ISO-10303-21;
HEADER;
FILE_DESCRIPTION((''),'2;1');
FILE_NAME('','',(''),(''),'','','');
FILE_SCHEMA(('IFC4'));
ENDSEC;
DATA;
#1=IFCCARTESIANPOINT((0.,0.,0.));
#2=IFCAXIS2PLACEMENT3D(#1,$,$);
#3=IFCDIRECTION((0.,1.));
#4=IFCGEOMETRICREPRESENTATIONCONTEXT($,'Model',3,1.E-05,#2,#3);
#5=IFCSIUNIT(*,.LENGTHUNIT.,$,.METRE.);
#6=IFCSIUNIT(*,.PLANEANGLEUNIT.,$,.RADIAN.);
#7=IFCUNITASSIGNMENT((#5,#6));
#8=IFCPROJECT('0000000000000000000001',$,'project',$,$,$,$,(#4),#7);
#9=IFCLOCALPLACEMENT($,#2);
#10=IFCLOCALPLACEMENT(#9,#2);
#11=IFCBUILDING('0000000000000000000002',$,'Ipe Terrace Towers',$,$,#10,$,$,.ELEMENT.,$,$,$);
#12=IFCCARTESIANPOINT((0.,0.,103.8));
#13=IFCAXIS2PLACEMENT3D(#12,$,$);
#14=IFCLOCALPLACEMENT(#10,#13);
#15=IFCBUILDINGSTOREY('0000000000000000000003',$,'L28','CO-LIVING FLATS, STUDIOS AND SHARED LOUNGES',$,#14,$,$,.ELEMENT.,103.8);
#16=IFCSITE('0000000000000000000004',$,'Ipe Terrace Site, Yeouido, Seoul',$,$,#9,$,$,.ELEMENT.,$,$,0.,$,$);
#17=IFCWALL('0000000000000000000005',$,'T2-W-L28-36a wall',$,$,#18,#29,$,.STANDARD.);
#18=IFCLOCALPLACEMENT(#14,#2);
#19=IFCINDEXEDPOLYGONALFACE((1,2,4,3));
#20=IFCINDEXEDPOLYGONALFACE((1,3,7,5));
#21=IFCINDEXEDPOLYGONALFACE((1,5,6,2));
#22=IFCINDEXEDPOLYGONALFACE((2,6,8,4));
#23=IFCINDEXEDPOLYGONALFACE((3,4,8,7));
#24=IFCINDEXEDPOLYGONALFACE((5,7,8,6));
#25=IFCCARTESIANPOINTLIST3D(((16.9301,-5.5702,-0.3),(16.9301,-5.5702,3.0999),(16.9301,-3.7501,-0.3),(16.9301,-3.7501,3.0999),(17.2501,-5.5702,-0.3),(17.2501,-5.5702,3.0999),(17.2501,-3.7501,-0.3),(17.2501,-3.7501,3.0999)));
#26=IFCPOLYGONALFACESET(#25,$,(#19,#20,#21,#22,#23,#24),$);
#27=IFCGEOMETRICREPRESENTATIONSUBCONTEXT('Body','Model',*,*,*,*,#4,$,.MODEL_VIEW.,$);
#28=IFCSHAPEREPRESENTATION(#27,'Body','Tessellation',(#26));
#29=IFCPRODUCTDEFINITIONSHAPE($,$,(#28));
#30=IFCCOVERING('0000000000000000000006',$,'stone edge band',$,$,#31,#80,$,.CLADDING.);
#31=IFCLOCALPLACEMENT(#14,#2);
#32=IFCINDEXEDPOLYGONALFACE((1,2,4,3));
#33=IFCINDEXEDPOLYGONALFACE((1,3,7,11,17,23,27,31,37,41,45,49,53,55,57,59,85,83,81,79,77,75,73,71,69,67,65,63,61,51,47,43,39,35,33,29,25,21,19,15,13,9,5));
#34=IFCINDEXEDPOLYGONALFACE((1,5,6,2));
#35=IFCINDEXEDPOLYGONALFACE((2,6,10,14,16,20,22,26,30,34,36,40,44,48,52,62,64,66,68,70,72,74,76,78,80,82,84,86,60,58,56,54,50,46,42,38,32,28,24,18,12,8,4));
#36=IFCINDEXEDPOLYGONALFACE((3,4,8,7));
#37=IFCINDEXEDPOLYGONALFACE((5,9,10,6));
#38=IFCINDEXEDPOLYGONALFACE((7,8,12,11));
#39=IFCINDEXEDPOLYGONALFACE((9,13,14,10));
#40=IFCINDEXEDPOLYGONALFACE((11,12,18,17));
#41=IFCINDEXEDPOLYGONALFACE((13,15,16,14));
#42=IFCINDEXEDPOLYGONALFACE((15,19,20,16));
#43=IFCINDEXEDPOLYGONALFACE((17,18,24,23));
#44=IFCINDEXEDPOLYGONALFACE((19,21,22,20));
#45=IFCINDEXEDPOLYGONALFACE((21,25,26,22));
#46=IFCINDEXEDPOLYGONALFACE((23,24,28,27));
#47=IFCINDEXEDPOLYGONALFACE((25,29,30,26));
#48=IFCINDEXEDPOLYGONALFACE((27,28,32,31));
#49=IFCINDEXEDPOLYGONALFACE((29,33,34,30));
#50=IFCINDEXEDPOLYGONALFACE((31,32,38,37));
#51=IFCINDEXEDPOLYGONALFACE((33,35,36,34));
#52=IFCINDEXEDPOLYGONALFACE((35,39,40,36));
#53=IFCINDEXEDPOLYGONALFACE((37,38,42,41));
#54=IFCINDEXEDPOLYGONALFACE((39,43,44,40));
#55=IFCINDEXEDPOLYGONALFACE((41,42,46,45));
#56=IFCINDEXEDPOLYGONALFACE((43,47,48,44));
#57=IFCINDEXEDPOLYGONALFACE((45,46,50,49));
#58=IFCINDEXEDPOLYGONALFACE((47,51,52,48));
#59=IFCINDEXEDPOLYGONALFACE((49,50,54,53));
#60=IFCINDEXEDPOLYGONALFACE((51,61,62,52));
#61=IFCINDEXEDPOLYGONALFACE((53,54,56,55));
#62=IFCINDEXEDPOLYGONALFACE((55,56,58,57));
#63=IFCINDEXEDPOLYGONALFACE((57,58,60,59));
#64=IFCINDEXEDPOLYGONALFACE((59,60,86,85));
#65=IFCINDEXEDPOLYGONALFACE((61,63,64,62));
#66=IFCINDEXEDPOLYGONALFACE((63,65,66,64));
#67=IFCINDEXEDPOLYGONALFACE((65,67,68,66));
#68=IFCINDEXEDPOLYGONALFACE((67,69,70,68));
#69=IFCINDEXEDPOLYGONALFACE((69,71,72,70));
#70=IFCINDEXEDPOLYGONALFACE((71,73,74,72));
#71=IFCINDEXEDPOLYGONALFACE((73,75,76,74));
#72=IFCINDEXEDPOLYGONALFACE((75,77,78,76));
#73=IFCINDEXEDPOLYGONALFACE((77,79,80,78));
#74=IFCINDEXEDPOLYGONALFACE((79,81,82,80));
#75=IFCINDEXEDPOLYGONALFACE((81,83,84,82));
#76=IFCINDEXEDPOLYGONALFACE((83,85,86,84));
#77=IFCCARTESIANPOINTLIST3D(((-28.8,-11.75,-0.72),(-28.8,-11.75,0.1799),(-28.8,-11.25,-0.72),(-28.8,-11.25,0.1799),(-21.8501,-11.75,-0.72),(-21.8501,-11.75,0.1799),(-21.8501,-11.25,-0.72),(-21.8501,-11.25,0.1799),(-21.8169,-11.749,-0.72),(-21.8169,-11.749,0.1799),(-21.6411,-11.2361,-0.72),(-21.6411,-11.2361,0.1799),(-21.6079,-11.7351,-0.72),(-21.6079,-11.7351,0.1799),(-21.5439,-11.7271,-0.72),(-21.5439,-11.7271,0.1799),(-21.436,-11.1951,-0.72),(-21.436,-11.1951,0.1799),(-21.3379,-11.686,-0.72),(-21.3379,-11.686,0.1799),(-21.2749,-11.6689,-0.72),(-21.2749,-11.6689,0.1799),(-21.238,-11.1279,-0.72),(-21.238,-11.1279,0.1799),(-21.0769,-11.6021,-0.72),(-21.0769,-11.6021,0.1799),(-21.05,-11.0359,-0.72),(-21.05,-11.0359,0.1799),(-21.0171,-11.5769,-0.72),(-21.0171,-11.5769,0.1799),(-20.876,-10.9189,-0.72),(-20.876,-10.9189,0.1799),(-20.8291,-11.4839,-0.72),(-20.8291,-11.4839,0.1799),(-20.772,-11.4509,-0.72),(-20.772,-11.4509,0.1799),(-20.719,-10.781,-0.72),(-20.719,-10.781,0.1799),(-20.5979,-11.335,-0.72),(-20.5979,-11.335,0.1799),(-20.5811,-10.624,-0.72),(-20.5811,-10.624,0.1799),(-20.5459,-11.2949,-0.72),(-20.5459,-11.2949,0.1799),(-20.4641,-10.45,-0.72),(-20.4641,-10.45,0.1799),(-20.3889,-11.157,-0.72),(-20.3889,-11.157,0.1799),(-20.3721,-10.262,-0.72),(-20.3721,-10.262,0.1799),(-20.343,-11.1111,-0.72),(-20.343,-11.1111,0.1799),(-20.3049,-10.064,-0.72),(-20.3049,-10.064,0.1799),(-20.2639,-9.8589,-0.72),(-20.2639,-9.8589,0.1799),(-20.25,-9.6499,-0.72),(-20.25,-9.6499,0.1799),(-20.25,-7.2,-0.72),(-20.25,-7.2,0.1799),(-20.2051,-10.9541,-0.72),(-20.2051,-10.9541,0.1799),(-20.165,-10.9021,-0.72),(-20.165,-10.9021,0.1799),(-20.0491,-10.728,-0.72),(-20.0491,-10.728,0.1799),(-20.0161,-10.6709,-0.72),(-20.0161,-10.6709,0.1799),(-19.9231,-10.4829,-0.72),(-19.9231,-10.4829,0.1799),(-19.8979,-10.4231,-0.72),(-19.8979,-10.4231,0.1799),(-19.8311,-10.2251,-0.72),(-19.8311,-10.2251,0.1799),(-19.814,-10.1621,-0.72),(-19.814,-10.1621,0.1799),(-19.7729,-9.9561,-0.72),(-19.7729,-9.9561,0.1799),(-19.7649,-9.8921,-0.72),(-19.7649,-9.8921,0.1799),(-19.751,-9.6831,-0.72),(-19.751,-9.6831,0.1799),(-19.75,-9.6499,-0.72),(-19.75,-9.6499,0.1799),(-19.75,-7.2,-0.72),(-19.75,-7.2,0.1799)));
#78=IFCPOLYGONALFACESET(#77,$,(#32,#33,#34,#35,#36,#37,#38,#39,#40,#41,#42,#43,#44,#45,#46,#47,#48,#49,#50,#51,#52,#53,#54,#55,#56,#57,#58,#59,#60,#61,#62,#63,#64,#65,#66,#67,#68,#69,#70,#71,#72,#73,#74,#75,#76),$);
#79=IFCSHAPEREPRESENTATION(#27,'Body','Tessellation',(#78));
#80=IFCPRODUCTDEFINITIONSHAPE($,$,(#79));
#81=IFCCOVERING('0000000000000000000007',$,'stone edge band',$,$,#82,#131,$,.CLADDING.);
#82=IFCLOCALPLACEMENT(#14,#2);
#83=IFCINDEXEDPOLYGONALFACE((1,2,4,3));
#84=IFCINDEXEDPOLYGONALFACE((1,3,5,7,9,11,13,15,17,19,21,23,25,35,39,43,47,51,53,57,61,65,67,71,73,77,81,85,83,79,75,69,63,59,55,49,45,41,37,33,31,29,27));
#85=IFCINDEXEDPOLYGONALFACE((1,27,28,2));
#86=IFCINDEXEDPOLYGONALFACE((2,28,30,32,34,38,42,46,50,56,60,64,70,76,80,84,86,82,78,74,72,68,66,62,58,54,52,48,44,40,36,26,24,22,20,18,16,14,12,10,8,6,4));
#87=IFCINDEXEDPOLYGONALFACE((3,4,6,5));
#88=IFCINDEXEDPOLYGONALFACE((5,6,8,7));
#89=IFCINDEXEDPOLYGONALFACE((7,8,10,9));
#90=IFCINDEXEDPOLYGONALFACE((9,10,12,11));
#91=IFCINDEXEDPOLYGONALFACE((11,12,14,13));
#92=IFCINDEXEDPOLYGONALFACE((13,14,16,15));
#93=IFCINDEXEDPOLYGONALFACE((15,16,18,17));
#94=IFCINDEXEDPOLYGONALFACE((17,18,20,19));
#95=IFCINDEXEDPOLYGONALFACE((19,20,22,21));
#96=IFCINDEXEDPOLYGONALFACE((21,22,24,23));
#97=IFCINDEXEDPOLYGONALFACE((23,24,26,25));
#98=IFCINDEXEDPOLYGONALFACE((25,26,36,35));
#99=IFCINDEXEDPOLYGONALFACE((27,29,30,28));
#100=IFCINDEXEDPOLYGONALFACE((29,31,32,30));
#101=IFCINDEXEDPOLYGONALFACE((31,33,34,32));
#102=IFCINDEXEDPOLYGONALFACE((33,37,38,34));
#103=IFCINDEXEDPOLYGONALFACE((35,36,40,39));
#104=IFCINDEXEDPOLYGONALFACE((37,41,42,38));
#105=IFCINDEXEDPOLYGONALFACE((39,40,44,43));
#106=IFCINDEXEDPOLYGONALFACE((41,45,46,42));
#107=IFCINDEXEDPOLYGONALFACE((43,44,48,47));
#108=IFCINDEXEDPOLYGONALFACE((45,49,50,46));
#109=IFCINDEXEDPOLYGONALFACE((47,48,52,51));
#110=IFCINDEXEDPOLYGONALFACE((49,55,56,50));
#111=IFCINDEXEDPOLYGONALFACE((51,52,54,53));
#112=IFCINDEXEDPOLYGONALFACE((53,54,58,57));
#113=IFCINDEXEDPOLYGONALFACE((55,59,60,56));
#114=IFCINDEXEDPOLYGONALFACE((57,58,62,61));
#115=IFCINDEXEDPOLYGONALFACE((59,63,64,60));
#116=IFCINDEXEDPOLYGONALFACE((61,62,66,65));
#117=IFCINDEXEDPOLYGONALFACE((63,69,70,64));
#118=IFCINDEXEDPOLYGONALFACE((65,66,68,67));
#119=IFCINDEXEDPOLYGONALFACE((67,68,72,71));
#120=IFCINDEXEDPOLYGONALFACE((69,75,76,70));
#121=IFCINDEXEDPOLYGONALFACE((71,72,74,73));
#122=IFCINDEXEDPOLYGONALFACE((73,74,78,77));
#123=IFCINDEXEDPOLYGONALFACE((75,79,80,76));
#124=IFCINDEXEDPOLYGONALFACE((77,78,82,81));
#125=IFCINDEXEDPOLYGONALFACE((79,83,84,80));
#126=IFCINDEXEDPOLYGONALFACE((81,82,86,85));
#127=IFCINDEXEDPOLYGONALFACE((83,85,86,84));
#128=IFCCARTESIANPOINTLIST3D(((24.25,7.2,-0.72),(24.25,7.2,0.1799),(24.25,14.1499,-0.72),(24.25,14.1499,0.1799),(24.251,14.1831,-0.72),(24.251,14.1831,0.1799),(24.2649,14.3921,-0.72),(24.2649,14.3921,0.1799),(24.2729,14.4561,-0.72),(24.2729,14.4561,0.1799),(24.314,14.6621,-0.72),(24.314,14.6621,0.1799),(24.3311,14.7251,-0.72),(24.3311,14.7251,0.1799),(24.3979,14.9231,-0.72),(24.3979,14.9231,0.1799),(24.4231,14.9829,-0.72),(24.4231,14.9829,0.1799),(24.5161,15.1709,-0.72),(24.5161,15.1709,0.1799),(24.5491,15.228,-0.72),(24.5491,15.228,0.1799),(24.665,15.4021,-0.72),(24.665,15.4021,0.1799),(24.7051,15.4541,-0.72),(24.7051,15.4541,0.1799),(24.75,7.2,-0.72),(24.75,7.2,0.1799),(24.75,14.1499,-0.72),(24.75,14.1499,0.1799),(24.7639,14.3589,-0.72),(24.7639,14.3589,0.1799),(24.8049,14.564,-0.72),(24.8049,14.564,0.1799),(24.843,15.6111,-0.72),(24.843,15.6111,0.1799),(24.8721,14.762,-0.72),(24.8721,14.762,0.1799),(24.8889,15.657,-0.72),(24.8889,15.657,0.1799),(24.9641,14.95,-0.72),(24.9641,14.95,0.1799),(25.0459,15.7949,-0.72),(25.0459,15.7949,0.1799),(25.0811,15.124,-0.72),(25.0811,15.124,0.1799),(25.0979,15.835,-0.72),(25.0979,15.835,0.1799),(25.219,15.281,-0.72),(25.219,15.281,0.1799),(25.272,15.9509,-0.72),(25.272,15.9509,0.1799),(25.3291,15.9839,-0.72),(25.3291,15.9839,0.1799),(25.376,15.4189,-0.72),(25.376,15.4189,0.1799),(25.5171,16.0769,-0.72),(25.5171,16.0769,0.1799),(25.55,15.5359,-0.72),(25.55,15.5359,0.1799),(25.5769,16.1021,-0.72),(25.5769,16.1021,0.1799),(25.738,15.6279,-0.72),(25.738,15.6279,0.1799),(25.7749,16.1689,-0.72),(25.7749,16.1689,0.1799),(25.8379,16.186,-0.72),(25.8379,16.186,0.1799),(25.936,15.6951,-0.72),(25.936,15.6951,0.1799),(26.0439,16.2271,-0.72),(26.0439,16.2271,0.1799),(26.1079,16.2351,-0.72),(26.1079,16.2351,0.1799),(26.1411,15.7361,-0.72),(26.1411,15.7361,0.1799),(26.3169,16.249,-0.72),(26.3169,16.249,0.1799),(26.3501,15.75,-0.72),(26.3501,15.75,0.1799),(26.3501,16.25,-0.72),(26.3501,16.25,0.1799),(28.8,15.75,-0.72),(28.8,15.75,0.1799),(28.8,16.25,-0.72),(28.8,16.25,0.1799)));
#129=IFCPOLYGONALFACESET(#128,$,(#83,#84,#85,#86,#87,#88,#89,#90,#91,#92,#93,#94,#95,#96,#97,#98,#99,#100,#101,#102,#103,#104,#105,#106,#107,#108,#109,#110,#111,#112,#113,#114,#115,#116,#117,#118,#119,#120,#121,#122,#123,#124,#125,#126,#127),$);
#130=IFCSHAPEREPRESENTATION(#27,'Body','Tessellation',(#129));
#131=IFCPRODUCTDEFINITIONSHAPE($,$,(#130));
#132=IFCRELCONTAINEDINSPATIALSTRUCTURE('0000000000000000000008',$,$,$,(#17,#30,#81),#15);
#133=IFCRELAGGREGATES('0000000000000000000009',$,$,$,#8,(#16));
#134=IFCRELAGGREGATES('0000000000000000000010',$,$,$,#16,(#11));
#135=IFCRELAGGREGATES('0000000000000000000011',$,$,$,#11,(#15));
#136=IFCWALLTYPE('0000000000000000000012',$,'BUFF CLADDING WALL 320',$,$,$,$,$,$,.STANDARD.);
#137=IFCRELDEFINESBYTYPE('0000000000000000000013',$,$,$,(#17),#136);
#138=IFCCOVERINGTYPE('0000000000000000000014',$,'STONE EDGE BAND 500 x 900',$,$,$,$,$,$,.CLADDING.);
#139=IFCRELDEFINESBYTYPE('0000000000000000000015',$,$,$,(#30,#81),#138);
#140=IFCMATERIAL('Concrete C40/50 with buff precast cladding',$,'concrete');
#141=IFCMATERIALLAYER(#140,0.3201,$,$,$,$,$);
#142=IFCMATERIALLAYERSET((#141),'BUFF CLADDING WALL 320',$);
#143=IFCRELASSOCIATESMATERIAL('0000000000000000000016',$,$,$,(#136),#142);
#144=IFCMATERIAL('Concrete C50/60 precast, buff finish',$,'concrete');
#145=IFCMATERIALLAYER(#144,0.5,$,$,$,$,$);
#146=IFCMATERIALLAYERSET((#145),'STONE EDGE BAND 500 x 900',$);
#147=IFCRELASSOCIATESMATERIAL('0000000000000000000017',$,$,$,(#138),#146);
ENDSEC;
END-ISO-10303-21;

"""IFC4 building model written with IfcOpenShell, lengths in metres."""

from ifc_helpers import new_model, si_unit, direction, frame, frame_2d, origin, place, context, subcontext, project, spatial, polyline, rectangle, outline, extrude, material, layer, layer_set, type_object, element, save


model = new_model("IFC4")

# Units and contexts
model_context = context("Model", 3, precision=1e-05, world=origin(), true_north=direction((0.0, 1.0)))
body_context = subcontext(model_context, "Body", "Model", "MODEL_VIEW")
ifc_project = project(units=[si_unit("LENGTHUNIT", "METRE"), si_unit("PLANEANGLEUNIT", "RADIAN")], contexts=[model_context])

# Site, building, storey
site_placement = place(None, origin())
site = spatial("IfcSite", under=ifc_project, at=site_placement, Name="Ipe Terrace Site, Yeouido, Seoul", CompositionType="ELEMENT", RefElevation=0.0)
building_placement = place(site_placement, origin())
building = spatial("IfcBuilding", under=site, at=building_placement, Name="Ipe Terrace Towers", CompositionType="ELEMENT")
storey_placement = place(building_placement, frame((0.0, 0.0, 103.8)))
storey = spatial("IfcBuildingStorey", under=building, at=storey_placement, Name="L28", Description="CO-LIVING FLATS, STUDIOS AND SHARED LOUNGES", CompositionType="ELEMENT", Elevation=103.8)

# Wall
ifc_material_1 = material(Name="Concrete C40/50 with buff precast cladding", Category="concrete")
ifc_layer_1 = layer(ifc_material_1, 0.3201)
ifc_layer_set_1 = layer_set([ifc_layer_1], Name="BUFF CLADDING WALL 320")
wall_type = type_object("IfcWallType", Name="BUFF CLADDING WALL 320", PredefinedType="STANDARD", material=ifc_layer_set_1)
wall_1_placement = place(storey_placement, frame((17.0901, -3.75, -0.3), z_axis=(0.0, 0.0, 1.0), x_axis=(0.0, -1.0, 0.0)))
element("IfcWall", 1, at=wall_1_placement, inside=storey, type_object=wall_type, Name="T2-W-L28-36a wall", PredefinedType="STANDARD", context=body_context, shape_type="SweptSolid", body=[
    extrude(rectangle(XDim=1.8201, YDim=0.3201, at=frame_2d((0.9102, 0.0))), origin(), (0.0, 0.0, 1.0), 3.3999),
])

# Coverings
ifc_material_2 = material(Name="Concrete C50/60 precast, buff finish", Category="concrete")
ifc_layer_2 = layer(ifc_material_2, 0.5)
ifc_layer_set_2 = layer_set([ifc_layer_2], Name="STONE EDGE BAND 500 x 900")
covering_type = type_object("IfcCoveringType", Name="STONE EDGE BAND 500 x 900", PredefinedType="CLADDING", material=ifc_layer_set_2)
covering_1_placement = place(storey_placement, frame((0.0, 0.0, -0.72)))
element("IfcCovering", 2, at=covering_1_placement, inside=storey, type_object=covering_type, Name="stone edge band", PredefinedType="CLADDING", context=body_context, shape_type="SweptSolid", body=[
    extrude(outline(polyline([(-21.8501, -11.75), (-21.8169, -11.749), (-21.6079, -11.7351), (-21.5439, -11.7271), (-21.3379, -11.686), (-21.2749, -11.6689), (-21.0769, -11.6021), (-21.0171, -11.5769), (-20.8291, -11.4839), (-20.772, -11.4509), (-20.5979, -11.335), (-20.5459, -11.2949), (-20.3889, -11.157), (-20.343, -11.1111), (-20.2051, -10.9541), (-20.165, -10.9021), (-20.0491, -10.728), (-20.0161, -10.6709), (-19.9231, -10.4829), (-19.8979, -10.4231), (-19.8311, -10.2251), (-19.814, -10.1621), (-19.7729, -9.9561), (-19.7649, -9.8921), (-19.751, -9.6831), (-19.75, -9.6499), (-19.75, -7.2), (-20.25, -7.2), (-20.25, -9.6499), (-20.2639, -9.8589), (-20.3049, -10.064), (-20.3721, -10.262), (-20.4641, -10.45), (-20.5811, -10.624), (-20.719, -10.781), (-20.876, -10.9189), (-21.05, -11.0359), (-21.238, -11.1279), (-21.436, -11.1951), (-21.6411, -11.2361), (-21.8501, -11.25), (-28.8, -11.25), (-28.8, -11.75), (-21.8501, -11.75)])), origin(), (0.0, 0.0, 1.0), 0.8999),
])
covering_2_placement = place(storey_placement, frame((0.0, 0.0, -0.72)))
element("IfcCovering", 3, at=covering_2_placement, inside=storey, type_object=covering_type, Name="stone edge band", PredefinedType="CLADDING", context=body_context, shape_type="SweptSolid", body=[
    extrude(outline(polyline([(24.25, 14.1499), (24.25, 7.2), (24.75, 7.2), (24.75, 14.1499), (24.7639, 14.3589), (24.8049, 14.564), (24.8721, 14.762), (24.9641, 14.95), (25.0811, 15.124), (25.219, 15.281), (25.376, 15.4189), (25.55, 15.5359), (25.738, 15.6279), (25.936, 15.6951), (26.1411, 15.7361), (26.3501, 15.75), (28.8, 15.75), (28.8, 16.25), (26.3501, 16.25), (26.3169, 16.249), (26.1079, 16.2351), (26.0439, 16.2271), (25.8379, 16.186), (25.7749, 16.1689), (25.5769, 16.1021), (25.5171, 16.0769), (25.3291, 15.9839), (25.272, 15.9509), (25.0979, 15.835), (25.0459, 15.7949), (24.8889, 15.657), (24.843, 15.6111), (24.7051, 15.4541), (24.665, 15.4021), (24.5491, 15.228), (24.5161, 15.1709), (24.4231, 14.9829), (24.3979, 14.9231), (24.3311, 14.7251), (24.314, 14.6621), (24.2729, 14.4561), (24.2649, 14.3921), (24.251, 14.1831), (24.25, 14.1499)])), origin(), (0.0, 0.0, 1.0), 0.8999),
])

save(model, "model.ifc")
